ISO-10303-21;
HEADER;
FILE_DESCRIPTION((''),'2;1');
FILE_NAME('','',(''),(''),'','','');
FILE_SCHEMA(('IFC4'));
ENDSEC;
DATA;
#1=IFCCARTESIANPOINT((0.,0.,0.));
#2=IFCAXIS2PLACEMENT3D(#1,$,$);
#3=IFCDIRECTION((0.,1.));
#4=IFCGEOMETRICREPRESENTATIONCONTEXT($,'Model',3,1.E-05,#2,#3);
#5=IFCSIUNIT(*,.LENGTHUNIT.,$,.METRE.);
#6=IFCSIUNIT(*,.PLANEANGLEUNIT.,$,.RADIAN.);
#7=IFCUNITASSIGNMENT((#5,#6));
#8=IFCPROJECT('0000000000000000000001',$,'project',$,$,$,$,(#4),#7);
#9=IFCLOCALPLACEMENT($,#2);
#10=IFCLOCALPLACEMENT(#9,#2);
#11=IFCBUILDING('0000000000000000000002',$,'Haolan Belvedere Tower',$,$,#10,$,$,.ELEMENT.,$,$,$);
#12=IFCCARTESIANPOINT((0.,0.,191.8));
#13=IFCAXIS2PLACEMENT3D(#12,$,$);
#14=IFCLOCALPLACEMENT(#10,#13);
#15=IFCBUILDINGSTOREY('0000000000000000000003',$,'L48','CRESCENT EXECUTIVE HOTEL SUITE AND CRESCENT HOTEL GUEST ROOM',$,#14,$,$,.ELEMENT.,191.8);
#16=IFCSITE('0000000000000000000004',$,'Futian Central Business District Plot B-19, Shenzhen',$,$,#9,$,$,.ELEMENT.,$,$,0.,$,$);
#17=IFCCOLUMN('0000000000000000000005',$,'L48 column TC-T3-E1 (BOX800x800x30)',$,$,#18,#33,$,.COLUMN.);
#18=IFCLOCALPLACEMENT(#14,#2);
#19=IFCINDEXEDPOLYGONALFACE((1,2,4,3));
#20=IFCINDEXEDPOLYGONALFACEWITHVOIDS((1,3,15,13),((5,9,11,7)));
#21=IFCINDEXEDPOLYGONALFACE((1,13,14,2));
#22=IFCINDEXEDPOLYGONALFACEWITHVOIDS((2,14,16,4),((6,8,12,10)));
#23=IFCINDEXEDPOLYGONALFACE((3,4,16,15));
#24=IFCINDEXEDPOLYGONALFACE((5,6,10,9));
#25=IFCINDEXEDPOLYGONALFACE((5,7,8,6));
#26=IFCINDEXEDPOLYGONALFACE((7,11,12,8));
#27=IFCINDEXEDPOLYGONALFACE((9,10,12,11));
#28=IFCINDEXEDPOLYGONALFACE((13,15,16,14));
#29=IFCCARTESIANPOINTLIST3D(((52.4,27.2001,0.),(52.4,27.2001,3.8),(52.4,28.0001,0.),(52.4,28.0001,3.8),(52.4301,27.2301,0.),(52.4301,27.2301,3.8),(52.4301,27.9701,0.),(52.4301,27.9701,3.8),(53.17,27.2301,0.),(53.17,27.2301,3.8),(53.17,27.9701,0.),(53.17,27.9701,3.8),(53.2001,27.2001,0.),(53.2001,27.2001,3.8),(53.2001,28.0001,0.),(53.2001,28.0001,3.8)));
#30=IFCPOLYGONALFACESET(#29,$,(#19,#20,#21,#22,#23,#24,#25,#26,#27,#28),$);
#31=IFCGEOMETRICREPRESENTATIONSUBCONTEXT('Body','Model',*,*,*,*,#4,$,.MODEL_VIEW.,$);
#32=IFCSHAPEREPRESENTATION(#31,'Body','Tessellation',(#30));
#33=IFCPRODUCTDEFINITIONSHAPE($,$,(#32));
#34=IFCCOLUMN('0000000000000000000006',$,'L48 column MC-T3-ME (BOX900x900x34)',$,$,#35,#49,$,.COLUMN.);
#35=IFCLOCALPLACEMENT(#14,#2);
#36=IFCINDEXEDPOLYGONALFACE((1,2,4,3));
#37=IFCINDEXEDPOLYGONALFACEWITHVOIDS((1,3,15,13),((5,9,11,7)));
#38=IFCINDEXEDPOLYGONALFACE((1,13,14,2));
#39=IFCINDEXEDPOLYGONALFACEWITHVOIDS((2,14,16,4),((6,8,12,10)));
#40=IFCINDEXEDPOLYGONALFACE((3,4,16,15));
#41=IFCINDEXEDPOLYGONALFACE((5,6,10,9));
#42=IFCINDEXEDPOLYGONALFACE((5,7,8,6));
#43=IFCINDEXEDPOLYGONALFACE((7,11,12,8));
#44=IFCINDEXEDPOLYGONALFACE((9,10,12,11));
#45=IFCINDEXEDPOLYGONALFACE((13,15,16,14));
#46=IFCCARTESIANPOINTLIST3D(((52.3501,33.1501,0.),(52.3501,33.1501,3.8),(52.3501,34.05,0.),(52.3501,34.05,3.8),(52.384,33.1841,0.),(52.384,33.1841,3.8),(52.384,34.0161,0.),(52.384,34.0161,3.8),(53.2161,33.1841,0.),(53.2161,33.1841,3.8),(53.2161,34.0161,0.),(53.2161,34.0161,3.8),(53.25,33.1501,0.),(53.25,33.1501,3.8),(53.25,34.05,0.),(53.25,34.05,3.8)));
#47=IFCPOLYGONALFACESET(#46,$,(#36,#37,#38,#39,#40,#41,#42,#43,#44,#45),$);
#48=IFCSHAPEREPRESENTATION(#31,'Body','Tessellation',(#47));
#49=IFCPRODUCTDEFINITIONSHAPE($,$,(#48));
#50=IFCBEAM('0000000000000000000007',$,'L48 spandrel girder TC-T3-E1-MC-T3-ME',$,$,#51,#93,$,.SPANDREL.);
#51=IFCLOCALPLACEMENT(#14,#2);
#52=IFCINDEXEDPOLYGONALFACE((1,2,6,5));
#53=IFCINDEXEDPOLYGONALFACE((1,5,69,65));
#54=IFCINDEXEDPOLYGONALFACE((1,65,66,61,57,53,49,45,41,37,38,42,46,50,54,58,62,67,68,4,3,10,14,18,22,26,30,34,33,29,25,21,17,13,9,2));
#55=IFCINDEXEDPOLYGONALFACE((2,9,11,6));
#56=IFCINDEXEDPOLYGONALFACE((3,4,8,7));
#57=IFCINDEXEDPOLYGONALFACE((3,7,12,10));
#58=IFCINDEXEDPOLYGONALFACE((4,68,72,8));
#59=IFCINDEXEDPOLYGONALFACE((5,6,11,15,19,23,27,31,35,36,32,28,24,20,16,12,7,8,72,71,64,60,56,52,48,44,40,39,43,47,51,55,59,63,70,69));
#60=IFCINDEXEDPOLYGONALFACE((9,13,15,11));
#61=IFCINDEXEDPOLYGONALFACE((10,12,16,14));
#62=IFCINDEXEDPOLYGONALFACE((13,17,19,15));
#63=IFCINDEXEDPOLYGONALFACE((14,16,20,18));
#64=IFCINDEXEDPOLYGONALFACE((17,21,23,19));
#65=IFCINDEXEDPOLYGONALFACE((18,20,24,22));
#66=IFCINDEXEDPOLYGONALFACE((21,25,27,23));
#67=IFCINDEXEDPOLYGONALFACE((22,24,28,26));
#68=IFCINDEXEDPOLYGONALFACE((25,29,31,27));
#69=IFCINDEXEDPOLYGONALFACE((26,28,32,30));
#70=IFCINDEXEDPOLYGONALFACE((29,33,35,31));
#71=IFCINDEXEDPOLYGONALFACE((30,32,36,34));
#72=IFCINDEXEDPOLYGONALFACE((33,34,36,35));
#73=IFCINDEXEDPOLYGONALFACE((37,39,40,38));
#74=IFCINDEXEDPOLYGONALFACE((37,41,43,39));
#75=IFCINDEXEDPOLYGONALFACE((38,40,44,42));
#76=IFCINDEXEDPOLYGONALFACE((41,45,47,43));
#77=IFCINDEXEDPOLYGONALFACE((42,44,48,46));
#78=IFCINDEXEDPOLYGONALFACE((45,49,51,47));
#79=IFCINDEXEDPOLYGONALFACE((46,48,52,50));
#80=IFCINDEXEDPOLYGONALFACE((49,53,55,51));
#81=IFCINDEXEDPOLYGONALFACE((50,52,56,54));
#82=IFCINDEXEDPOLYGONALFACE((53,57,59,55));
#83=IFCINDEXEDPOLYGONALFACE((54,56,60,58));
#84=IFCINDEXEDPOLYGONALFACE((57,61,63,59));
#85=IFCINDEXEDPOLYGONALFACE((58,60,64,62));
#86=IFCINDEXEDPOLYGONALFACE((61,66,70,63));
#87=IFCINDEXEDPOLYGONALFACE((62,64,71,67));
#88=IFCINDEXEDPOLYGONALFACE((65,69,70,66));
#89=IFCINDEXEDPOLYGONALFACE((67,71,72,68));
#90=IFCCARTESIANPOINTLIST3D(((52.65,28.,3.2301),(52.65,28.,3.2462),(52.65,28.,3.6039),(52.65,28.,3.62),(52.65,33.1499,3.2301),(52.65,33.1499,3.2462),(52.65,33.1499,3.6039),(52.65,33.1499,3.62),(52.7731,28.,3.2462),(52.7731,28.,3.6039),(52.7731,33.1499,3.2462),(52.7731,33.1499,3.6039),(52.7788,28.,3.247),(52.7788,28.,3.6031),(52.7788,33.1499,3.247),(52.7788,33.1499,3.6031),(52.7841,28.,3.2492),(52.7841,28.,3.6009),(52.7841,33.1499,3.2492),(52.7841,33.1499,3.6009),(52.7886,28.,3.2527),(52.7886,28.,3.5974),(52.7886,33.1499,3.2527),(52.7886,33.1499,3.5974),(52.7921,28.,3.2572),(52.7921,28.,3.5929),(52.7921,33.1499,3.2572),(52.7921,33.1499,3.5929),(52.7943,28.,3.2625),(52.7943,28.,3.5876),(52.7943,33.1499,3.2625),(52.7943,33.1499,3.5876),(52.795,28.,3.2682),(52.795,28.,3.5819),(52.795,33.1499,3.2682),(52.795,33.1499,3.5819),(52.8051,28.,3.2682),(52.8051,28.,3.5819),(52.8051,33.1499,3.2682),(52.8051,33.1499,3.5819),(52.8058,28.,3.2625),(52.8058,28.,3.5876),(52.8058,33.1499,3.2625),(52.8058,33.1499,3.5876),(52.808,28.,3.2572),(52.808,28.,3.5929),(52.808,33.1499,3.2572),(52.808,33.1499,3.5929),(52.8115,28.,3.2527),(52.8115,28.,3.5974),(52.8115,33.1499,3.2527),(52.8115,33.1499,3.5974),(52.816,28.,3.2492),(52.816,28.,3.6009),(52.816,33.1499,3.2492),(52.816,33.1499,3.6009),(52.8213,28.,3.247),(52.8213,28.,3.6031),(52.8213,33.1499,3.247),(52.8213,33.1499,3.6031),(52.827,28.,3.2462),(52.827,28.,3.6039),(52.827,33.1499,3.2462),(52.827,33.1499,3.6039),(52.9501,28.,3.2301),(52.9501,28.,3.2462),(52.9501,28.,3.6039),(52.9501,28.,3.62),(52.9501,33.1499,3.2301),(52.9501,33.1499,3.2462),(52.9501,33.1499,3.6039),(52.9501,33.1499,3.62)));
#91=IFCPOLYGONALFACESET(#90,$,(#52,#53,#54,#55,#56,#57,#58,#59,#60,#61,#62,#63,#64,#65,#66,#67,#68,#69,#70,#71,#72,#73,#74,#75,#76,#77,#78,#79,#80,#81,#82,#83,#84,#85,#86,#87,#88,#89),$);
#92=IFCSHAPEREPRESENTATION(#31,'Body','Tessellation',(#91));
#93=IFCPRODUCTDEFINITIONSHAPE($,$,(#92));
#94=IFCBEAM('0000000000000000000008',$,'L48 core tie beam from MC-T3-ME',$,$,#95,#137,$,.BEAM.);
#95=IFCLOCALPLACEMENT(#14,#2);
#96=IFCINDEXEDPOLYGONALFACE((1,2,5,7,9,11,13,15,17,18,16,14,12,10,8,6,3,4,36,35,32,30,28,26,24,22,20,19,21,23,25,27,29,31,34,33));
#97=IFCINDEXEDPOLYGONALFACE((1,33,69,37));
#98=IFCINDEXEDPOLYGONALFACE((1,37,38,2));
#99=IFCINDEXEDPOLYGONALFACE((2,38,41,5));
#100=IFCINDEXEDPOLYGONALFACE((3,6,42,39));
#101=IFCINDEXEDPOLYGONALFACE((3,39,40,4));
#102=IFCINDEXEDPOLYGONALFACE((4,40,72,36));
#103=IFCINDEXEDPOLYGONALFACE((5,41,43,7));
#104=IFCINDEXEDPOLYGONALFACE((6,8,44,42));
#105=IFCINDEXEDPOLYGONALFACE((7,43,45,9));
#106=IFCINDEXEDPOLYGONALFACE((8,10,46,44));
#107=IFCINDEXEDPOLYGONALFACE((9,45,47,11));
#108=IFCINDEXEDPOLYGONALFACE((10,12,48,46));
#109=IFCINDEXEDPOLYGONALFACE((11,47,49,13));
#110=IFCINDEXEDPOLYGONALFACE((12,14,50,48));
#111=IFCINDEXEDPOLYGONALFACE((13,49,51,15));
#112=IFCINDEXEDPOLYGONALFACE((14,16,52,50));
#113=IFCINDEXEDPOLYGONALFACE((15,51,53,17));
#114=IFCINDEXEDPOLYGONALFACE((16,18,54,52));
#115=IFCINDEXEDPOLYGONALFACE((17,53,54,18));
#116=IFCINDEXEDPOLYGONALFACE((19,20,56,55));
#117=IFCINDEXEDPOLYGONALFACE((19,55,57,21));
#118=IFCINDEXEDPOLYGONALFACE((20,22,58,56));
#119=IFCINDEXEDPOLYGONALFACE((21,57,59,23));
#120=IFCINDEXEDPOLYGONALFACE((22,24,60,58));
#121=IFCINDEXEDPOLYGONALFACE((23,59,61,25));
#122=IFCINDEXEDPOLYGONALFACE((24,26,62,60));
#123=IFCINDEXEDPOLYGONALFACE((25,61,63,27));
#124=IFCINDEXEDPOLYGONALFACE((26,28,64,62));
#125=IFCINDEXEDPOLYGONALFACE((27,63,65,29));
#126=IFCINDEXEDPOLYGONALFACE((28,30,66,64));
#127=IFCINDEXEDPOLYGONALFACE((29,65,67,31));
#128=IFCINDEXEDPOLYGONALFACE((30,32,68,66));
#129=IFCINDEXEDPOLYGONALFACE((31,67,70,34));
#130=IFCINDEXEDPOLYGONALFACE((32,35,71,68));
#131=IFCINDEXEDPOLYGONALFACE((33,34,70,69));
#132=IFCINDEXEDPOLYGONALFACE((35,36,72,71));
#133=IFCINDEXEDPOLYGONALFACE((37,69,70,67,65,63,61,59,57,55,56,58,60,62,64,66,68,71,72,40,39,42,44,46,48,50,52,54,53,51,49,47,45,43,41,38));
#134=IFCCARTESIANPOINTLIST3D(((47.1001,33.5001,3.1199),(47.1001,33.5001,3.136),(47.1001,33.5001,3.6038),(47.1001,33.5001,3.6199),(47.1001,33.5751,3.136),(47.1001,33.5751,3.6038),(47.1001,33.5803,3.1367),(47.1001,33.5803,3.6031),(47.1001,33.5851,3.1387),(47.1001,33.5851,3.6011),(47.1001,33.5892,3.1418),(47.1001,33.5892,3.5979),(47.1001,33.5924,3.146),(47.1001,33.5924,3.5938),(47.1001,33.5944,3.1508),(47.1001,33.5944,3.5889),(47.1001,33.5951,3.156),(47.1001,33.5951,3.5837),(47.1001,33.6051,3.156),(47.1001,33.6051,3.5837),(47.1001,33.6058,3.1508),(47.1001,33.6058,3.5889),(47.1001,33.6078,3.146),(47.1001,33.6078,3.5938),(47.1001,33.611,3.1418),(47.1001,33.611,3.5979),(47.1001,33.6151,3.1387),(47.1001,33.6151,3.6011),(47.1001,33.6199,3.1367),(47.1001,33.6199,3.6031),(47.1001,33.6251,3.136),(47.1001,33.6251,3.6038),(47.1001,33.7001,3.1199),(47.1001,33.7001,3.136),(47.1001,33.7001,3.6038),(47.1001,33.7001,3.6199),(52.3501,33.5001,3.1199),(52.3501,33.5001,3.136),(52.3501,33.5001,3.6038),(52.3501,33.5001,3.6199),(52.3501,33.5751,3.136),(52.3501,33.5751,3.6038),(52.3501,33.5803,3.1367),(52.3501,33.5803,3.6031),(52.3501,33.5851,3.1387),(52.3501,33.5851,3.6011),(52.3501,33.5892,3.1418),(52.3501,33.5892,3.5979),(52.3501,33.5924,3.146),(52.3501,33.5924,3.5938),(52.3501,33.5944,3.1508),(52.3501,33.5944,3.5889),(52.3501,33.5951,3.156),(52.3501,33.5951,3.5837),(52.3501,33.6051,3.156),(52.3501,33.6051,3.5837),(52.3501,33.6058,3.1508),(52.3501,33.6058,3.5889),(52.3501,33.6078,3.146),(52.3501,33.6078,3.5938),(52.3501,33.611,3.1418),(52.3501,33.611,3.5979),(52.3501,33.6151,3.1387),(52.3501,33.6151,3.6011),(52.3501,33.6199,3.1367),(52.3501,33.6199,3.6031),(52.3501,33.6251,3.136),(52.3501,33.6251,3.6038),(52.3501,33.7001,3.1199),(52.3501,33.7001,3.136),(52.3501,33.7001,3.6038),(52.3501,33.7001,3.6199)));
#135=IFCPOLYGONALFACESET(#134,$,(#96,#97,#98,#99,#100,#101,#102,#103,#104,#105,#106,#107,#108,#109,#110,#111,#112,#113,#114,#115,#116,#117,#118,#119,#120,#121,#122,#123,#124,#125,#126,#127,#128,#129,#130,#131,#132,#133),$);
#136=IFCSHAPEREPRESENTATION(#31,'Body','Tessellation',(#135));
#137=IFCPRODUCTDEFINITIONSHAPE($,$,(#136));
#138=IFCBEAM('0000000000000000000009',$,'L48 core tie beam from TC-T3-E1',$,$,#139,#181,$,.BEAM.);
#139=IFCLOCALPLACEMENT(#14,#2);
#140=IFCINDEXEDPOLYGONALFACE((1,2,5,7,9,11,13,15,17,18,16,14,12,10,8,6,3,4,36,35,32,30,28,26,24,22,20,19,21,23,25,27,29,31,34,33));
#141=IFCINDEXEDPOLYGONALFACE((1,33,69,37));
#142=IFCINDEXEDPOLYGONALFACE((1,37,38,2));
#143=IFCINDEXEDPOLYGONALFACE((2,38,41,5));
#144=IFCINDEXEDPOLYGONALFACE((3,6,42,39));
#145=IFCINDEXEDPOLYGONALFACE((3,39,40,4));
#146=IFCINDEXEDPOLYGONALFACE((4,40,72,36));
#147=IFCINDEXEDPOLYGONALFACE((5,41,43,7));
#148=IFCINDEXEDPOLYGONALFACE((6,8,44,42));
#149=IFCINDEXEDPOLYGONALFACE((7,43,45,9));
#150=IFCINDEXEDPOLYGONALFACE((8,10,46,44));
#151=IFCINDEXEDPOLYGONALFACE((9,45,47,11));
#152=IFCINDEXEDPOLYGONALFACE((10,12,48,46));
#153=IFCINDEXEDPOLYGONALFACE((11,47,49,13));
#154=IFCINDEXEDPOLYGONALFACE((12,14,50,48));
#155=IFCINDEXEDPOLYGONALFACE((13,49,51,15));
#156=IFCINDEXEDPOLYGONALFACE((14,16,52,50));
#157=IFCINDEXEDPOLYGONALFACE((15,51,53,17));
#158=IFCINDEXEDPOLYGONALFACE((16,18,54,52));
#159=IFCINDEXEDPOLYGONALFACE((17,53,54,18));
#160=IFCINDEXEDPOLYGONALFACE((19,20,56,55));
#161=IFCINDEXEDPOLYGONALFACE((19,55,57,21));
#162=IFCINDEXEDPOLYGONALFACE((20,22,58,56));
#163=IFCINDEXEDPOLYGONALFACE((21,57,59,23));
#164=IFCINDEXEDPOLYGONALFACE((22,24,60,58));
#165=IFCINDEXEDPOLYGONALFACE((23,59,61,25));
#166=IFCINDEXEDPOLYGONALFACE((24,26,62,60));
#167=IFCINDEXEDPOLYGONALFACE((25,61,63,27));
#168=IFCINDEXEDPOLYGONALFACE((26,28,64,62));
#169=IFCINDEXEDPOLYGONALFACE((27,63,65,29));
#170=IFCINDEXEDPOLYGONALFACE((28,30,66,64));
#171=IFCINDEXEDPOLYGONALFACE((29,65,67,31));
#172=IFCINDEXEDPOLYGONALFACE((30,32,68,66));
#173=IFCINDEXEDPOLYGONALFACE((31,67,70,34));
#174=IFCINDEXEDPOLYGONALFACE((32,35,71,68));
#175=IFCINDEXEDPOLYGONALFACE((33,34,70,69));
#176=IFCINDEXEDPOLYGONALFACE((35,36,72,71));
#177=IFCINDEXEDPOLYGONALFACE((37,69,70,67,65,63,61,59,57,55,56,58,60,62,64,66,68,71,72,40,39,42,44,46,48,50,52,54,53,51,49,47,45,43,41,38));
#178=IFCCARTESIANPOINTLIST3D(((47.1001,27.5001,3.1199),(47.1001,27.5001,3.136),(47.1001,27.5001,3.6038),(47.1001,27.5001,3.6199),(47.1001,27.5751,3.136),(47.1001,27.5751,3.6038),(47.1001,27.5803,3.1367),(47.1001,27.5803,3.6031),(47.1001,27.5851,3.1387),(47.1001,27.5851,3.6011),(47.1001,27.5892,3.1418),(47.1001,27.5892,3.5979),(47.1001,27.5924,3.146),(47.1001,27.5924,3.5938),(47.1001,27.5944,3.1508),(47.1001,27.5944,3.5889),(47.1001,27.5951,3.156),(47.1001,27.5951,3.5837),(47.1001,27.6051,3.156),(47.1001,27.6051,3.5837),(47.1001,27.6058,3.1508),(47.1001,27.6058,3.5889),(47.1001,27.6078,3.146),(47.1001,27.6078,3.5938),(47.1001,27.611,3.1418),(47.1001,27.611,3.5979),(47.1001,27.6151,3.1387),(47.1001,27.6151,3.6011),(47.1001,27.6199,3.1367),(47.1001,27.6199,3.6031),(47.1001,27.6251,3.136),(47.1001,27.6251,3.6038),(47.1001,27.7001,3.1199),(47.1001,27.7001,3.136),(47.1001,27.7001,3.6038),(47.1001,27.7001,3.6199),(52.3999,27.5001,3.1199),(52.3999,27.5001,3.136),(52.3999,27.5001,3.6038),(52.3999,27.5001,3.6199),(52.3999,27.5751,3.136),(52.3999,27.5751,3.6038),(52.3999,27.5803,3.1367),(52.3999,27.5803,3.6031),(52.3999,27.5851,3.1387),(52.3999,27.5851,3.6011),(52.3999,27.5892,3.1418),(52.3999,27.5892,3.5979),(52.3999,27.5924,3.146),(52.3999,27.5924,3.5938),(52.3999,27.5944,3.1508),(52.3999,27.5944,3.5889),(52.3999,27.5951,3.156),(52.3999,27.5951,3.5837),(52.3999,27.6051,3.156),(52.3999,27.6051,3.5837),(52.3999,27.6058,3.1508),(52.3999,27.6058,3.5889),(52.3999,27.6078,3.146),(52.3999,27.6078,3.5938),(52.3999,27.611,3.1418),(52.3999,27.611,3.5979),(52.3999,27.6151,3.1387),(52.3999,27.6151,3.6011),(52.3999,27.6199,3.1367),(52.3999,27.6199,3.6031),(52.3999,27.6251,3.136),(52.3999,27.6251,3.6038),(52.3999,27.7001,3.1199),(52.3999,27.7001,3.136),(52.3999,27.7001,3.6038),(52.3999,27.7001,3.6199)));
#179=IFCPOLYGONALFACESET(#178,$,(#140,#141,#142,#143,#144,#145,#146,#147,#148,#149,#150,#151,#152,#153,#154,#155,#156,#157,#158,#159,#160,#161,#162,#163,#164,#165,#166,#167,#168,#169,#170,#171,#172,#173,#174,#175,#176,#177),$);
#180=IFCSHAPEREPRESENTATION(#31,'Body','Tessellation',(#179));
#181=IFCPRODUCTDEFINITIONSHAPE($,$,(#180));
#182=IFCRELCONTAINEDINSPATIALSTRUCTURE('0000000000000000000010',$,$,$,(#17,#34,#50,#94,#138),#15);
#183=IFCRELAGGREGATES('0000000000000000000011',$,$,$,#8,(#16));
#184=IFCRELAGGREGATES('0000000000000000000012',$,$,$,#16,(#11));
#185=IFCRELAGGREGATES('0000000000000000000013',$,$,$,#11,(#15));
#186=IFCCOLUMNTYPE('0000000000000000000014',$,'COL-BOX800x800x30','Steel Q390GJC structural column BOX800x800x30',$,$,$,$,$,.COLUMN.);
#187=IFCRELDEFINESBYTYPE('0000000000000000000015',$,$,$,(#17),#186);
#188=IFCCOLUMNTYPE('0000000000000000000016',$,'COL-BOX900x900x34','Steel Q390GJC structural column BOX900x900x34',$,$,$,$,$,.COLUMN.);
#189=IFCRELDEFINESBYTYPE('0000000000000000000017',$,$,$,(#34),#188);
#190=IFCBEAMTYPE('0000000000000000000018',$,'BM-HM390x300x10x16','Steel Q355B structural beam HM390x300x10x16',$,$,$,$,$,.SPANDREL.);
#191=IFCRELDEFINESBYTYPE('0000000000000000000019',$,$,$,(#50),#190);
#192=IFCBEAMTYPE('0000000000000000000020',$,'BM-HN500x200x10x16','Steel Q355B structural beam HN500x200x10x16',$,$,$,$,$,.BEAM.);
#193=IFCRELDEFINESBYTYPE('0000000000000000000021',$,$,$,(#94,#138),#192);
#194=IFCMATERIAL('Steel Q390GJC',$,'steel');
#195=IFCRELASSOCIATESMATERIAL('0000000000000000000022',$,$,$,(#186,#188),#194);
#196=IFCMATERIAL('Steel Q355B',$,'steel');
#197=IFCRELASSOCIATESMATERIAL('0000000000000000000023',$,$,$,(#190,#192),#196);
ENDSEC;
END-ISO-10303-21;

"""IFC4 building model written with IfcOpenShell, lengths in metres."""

from ifc_helpers import new_model, si_unit, direction, frame, origin, origin_2d, place, context, subcontext, project, spatial, hollow_rectangle, i_section, extrude, material, material_profile, profile_set, type_object, element, save


model = new_model("IFC4")

# Units and contexts
model_context = context("Model", 3, precision=1e-05, world=origin(), true_north=direction((0.0, 1.0)))
body_context = subcontext(model_context, "Body", "Model", "MODEL_VIEW")
ifc_project = project(units=[si_unit("LENGTHUNIT", "METRE"), si_unit("PLANEANGLEUNIT", "RADIAN")], contexts=[model_context])

# Site, building, storey
site_placement = place(None, origin())
site = spatial("IfcSite", under=ifc_project, at=site_placement, Name="Futian Central Business District Plot B-19, Shenzhen", CompositionType="ELEMENT", RefElevation=0.0)
building_placement = place(site_placement, origin())
building = spatial("IfcBuilding", under=site, at=building_placement, Name="Haolan Belvedere Tower", CompositionType="ELEMENT")
storey_placement = place(building_placement, frame((0.0, 0.0, 191.8)))
storey = spatial("IfcBuildingStorey", under=building, at=storey_placement, Name="L48", Description="CRESCENT EXECUTIVE HOTEL SUITE AND CRESCENT HOTEL GUEST ROOM", CompositionType="ELEMENT", Elevation=191.8)

# Columns
ifc_material_1 = material(Name="Steel Q390GJC", Category="steel")
ifc_material_profile_1 = material_profile(ifc_material_1, hollow_rectangle(XDim=0.8, YDim=0.8, WallThickness=0.03, at=origin_2d()), Name="Steel Q390GJC")
ifc_profile_set_1 = profile_set([ifc_material_profile_1], Name="Steel Q390GJC")
column_type_1 = type_object("IfcColumnType", Name="COL-BOX800x800x30", Description="Steel Q390GJC structural column BOX800x800x30", PredefinedType="COLUMN", material=ifc_profile_set_1)
column_1_placement = place(storey_placement, frame((52.8, 27.6001, 0.0), z_axis=(0.0, 0.0, 1.0), x_axis=(1.0, 0.0, 0.0)))
element("IfcColumn", 1, at=column_1_placement, inside=storey, type_object=column_type_1, Name="L48 column TC-T3-E1 (BOX800x800x30)", PredefinedType="COLUMN", context=body_context, shape_type="SweptSolid", body=[
    extrude(hollow_rectangle(XDim=0.8, YDim=0.8, WallThickness=0.03, at=origin_2d()), origin(), (0.0, 0.0, 1.0), 3.8),
])
ifc_material_profile_2 = material_profile(ifc_material_1, hollow_rectangle(XDim=0.8999, YDim=0.8999, WallThickness=0.0339, at=origin_2d()), Name="Steel Q390GJC")
ifc_profile_set_2 = profile_set([ifc_material_profile_2], Name="Steel Q390GJC")
column_type_2 = type_object("IfcColumnType", Name="COL-BOX900x900x34", Description="Steel Q390GJC structural column BOX900x900x34", PredefinedType="COLUMN", material=ifc_profile_set_2)
column_2_placement = place(storey_placement, frame((52.8, 33.6001, 0.0), z_axis=(0.0, 0.0, 1.0), x_axis=(1.0, 0.0, 0.0)))
element("IfcColumn", 2, at=column_2_placement, inside=storey, type_object=column_type_2, Name="L48 column MC-T3-ME (BOX900x900x34)", PredefinedType="COLUMN", context=body_context, shape_type="SweptSolid", body=[
    extrude(hollow_rectangle(XDim=0.8999, YDim=0.8999, WallThickness=0.0339, at=origin_2d()), origin(), (0.0, 0.0, 1.0), 3.8),
])

# Beams
ifc_material_2 = material(Name="Steel Q355B", Category="steel")
ifc_material_profile_3 = material_profile(ifc_material_2, i_section(OverallWidth=0.3, OverallDepth=0.3899, WebThickness=0.01, FlangeThickness=0.0161, FilletRadius=0.022, at=origin_2d()), Name="Steel Q355B")
ifc_profile_set_3 = profile_set([ifc_material_profile_3], Name="Steel Q355B")
beam_type_1 = type_object("IfcBeamType", Name="BM-HM390x300x10x16", Description="Steel Q355B structural beam HM390x300x10x16", PredefinedType="SPANDREL", material=ifc_profile_set_3)
beam_1_placement = place(storey_placement, frame((52.8, 28.0, 3.425), z_axis=(0.0, 1.0, 0.0), x_axis=(-1.0, 0.0, 0.0)))
element("IfcBeam", 3, at=beam_1_placement, inside=storey, type_object=beam_type_1, Name="L48 spandrel girder TC-T3-E1-MC-T3-ME", PredefinedType="SPANDREL", context=body_context, shape_type="SweptSolid", body=[
    extrude(i_section(OverallWidth=0.3, OverallDepth=0.3899, WebThickness=0.01, FlangeThickness=0.0161, FilletRadius=0.022, at=origin_2d()), origin(), (0.0, 0.0, 1.0), 5.1499),
])
ifc_material_profile_4 = material_profile(ifc_material_2, i_section(OverallWidth=0.2, OverallDepth=0.5, WebThickness=0.01, FlangeThickness=0.0161, FilletRadius=0.02, at=origin_2d()), Name="Steel Q355B")
ifc_profile_set_4 = profile_set([ifc_material_profile_4], Name="Steel Q355B")
beam_type_2 = type_object("IfcBeamType", Name="BM-HN500x200x10x16", Description="Steel Q355B structural beam HN500x200x10x16", PredefinedType="BEAM", material=ifc_profile_set_4)
beam_2_placement = place(storey_placement, frame((52.3501, 33.6001, 3.3699), z_axis=(-1.0, 0.0, 0.0), x_axis=(0.0, -1.0, 0.0)))
element("IfcBeam", 4, at=beam_2_placement, inside=storey, type_object=beam_type_2, Name="L48 core tie beam from MC-T3-ME", PredefinedType="BEAM", context=body_context, shape_type="SweptSolid", body=[
    extrude(i_section(OverallWidth=0.2, OverallDepth=0.5, WebThickness=0.01, FlangeThickness=0.0161, FilletRadius=0.02, at=origin_2d()), origin(), (0.0, 0.0, 1.0), 5.25),
])
beam_3_placement = place(storey_placement, frame((52.3999, 27.6001, 3.3699), z_axis=(-1.0, 0.0, 0.0), x_axis=(0.0, -1.0, 0.0)))
element("IfcBeam", 5, at=beam_3_placement, inside=storey, type_object=beam_type_2, Name="L48 core tie beam from TC-T3-E1", PredefinedType="BEAM", context=body_context, shape_type="SweptSolid", body=[
    extrude(i_section(OverallWidth=0.2, OverallDepth=0.5, WebThickness=0.01, FlangeThickness=0.0161, FilletRadius=0.02, at=origin_2d()), origin(), (0.0, 0.0, 1.0), 5.2998),
])

save(model, "model.ifc")
